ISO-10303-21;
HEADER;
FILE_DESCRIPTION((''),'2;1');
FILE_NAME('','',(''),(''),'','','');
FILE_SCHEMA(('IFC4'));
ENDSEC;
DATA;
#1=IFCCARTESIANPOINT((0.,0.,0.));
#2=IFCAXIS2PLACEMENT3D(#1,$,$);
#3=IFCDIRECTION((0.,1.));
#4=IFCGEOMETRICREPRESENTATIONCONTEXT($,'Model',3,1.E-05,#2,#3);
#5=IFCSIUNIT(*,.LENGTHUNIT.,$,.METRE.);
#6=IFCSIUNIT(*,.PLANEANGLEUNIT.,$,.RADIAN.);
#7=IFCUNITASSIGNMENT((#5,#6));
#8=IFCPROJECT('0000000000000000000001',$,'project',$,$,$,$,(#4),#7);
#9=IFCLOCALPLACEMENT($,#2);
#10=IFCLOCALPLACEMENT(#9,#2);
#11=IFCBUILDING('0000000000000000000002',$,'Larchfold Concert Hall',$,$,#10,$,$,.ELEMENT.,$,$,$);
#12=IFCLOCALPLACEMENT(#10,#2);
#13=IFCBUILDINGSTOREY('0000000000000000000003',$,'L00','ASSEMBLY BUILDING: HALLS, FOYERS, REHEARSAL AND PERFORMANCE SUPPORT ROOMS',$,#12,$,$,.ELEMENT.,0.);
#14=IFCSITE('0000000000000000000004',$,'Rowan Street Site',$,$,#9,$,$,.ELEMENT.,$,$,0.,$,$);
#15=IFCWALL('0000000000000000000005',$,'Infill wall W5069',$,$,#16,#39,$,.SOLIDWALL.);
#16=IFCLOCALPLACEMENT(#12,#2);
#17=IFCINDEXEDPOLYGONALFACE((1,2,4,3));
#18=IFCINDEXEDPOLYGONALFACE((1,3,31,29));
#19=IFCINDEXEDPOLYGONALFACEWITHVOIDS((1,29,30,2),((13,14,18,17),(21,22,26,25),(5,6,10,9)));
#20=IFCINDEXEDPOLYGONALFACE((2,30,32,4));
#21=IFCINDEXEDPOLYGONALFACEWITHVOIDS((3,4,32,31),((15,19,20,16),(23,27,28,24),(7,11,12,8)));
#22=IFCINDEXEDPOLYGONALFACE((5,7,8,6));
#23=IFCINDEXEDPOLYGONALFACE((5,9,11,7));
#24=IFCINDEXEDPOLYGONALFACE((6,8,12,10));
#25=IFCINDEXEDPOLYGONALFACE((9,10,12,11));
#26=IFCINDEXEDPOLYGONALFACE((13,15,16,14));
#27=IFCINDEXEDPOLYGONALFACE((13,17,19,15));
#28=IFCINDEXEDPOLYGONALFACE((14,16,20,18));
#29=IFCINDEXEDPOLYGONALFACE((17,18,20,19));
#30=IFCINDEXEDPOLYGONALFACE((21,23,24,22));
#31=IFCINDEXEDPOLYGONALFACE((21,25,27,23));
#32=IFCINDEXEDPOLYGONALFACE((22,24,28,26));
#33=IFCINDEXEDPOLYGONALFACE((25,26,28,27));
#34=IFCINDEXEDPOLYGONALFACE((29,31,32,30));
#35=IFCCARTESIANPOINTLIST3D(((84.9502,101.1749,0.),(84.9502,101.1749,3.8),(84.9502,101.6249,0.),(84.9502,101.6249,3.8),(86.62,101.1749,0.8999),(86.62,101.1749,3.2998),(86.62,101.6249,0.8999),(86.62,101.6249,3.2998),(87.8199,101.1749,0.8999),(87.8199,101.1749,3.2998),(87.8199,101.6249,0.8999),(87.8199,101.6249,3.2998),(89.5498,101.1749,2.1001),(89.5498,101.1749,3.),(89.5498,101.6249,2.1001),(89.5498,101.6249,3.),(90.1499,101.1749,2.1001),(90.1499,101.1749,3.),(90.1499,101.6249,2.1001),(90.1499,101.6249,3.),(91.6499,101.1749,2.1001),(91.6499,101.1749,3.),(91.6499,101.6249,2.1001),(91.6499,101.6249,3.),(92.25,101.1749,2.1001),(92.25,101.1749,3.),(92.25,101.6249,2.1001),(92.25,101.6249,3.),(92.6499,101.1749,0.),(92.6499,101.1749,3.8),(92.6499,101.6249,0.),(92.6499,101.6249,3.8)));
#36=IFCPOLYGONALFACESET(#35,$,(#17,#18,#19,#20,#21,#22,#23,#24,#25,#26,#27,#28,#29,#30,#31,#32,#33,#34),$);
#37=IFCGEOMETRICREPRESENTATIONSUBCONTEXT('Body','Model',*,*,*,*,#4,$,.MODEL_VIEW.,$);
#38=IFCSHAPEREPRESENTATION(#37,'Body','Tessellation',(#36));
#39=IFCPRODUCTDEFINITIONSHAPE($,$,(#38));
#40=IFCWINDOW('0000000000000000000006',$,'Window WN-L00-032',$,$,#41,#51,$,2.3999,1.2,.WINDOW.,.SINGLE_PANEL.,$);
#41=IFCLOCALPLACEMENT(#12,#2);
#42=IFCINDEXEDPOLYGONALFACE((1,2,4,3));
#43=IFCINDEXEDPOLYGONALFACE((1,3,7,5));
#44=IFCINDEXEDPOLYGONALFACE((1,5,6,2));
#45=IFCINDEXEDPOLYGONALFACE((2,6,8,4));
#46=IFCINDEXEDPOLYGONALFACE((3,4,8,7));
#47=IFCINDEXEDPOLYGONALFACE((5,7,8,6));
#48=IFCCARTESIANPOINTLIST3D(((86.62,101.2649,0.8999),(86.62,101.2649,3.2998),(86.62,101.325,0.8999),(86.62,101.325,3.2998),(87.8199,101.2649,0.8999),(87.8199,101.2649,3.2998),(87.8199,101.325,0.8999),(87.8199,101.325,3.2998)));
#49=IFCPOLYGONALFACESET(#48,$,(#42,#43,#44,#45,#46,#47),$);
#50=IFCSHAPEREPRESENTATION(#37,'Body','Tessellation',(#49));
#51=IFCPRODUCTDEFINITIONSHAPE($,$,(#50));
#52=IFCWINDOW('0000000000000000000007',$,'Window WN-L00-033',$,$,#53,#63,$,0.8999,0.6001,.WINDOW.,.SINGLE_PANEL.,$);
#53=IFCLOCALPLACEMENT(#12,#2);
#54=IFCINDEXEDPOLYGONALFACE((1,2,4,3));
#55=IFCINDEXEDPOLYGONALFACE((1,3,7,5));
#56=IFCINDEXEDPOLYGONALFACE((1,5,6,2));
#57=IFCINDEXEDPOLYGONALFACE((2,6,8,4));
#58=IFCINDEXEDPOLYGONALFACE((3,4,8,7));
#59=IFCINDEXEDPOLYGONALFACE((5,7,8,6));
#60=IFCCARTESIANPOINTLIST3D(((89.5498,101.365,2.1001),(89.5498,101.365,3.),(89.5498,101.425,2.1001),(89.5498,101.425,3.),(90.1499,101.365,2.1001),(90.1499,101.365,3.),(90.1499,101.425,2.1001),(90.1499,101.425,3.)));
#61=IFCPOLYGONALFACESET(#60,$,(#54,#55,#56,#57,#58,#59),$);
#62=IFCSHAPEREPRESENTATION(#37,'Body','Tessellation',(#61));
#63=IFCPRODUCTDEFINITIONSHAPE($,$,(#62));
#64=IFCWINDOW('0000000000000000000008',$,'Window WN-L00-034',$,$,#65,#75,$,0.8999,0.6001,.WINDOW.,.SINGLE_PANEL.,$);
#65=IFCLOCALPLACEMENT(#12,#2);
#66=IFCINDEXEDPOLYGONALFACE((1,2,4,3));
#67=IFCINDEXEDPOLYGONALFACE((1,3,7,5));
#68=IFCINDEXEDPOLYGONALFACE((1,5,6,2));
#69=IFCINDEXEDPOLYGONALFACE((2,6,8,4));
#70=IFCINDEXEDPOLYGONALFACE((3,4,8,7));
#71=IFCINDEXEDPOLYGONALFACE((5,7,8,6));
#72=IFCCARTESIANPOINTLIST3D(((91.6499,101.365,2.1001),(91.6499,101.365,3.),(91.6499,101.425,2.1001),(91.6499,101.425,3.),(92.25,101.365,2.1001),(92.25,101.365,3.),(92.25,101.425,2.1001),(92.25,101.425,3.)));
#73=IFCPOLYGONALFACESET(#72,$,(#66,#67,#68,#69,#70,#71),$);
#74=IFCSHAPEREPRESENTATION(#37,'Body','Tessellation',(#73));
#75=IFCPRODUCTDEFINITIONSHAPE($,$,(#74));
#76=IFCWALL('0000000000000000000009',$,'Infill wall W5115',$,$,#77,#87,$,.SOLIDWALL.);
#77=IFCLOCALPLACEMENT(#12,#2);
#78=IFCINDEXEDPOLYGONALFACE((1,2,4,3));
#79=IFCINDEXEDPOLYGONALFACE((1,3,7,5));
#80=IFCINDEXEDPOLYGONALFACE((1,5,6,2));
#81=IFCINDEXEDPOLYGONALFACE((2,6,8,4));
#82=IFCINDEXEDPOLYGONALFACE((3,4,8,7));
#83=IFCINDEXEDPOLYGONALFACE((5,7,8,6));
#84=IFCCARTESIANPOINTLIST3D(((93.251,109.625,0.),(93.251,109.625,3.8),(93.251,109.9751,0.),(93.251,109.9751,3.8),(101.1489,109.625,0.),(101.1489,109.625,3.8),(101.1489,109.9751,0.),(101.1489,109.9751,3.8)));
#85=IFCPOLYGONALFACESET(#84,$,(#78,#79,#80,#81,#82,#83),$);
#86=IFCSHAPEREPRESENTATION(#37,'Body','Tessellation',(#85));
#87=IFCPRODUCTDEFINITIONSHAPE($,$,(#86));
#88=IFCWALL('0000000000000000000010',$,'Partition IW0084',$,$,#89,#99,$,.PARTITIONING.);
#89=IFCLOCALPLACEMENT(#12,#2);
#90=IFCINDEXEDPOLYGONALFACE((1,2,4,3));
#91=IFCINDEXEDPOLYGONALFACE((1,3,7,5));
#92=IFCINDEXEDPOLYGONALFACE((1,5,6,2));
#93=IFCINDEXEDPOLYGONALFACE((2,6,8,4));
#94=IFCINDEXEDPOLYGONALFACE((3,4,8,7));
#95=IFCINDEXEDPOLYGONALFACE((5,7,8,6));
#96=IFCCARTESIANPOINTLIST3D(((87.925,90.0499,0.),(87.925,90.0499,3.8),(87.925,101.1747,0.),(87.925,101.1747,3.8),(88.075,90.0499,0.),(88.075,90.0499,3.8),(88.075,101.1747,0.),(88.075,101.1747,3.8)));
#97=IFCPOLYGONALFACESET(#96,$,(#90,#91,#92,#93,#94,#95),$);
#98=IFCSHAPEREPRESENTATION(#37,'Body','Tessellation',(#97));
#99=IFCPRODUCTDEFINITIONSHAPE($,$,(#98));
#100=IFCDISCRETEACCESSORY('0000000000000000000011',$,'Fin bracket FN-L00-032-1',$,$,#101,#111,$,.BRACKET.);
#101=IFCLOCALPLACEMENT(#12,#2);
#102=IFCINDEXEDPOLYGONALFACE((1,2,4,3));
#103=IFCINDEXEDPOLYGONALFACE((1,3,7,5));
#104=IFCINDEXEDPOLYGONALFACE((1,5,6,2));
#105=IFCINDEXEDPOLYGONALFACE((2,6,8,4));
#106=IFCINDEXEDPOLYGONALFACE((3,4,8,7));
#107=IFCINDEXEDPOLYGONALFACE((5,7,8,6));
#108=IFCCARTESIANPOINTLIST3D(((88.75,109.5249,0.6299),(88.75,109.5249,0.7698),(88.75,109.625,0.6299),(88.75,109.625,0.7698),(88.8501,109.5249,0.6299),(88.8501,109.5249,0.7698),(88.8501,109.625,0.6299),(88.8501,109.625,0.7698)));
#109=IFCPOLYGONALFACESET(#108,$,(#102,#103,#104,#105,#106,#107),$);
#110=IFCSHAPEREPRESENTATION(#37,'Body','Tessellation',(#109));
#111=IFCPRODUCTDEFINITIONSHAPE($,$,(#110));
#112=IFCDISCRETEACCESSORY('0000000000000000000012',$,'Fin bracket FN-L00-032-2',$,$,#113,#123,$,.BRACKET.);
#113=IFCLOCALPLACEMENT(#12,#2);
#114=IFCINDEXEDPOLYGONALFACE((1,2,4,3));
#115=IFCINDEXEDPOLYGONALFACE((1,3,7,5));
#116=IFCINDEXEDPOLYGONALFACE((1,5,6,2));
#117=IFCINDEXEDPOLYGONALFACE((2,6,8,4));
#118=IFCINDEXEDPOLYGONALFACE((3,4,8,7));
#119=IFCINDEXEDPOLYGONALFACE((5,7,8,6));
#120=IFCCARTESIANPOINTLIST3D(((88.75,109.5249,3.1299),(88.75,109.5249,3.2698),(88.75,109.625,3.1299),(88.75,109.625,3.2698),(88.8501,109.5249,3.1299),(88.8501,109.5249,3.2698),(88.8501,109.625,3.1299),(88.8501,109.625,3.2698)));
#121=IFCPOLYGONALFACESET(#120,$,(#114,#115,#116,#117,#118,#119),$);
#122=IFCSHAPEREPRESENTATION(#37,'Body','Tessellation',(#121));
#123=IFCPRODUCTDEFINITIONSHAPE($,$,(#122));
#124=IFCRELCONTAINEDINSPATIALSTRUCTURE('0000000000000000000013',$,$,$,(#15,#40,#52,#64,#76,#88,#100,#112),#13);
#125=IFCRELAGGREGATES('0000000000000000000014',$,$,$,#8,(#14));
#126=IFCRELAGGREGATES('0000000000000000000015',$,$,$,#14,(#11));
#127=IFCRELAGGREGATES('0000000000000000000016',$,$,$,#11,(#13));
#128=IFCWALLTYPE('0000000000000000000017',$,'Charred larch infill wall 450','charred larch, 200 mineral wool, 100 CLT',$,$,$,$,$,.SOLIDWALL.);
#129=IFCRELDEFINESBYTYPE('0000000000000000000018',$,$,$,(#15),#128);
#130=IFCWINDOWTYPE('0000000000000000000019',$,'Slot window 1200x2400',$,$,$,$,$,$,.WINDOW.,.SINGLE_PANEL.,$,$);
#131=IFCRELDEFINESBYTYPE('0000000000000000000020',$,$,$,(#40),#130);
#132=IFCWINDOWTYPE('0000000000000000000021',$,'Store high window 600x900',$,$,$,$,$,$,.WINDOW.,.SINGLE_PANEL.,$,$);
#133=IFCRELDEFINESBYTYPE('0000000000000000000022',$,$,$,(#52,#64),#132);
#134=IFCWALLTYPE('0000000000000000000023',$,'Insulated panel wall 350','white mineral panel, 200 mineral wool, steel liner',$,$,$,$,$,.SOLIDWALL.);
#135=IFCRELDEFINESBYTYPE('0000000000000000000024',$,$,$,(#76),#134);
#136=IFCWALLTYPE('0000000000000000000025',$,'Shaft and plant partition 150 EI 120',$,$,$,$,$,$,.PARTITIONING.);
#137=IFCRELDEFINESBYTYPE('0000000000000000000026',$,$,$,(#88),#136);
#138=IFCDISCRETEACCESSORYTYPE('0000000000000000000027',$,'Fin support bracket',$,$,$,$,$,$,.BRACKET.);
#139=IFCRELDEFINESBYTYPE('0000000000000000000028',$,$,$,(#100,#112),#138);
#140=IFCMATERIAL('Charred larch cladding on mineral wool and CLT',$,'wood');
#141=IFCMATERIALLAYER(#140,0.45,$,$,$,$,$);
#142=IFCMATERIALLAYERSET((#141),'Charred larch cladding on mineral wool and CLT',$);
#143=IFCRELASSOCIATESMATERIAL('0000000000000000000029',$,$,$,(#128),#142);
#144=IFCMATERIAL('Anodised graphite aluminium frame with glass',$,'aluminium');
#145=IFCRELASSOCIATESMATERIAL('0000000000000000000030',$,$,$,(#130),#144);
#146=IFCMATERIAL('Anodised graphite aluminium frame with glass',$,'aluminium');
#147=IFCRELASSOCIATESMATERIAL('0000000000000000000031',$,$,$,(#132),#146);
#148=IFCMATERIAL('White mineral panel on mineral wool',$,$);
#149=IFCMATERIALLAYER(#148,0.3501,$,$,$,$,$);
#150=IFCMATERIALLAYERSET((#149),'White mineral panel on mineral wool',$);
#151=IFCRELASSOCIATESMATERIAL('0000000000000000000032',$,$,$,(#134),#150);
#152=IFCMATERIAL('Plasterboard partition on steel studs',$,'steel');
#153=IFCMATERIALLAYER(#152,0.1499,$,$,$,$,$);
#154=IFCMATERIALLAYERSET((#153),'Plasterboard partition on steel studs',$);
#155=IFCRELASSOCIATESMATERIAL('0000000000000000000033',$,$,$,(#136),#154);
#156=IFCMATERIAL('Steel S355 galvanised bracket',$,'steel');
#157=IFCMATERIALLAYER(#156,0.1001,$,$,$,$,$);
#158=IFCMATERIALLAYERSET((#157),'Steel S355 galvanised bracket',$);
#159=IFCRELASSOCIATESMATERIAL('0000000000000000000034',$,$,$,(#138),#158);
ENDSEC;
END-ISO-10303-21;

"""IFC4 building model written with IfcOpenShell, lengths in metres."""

from ifc_helpers import new_model, si_unit, direction, frame, frame_2d, origin, origin_2d, place, context, subcontext, project, spatial, rectangle, extrude, material, layer, layer_set, type_object, element, fill, save


model = new_model("IFC4")

# Units and contexts
model_context = context("Model", 3, precision=1e-05, world=origin(), true_north=direction((0.0, 1.0)))
body_context = subcontext(model_context, "Body", "Model", "MODEL_VIEW")
ifc_project = project(units=[si_unit("LENGTHUNIT", "METRE"), si_unit("PLANEANGLEUNIT", "RADIAN")], contexts=[model_context])

# Site, building, storey
site_placement = place(None, origin())
site = spatial("IfcSite", under=ifc_project, at=site_placement, Name="Rowan Street Site", CompositionType="ELEMENT", RefElevation=0.0)
building_placement = place(site_placement, origin())
building = spatial("IfcBuilding", under=site, at=building_placement, Name="Larchfold Concert Hall", CompositionType="ELEMENT")
storey_placement = place(building_placement, origin())
storey = spatial("IfcBuildingStorey", under=building, at=storey_placement, Name="L00", Description="ASSEMBLY BUILDING: HALLS, FOYERS, REHEARSAL AND PERFORMANCE SUPPORT ROOMS", CompositionType="ELEMENT", Elevation=0.0)

# Wall, openings, windows
ifc_material_1 = material(Name="Charred larch cladding on mineral wool and CLT", Category="wood")
ifc_layer_1 = layer(ifc_material_1, 0.45)
ifc_layer_set_1 = layer_set([ifc_layer_1], Name="Charred larch cladding on mineral wool and CLT")
wall_type_1 = type_object("IfcWallType", Name="Charred larch infill wall 450", Description="charred larch, 200 mineral wool, 100 CLT", PredefinedType="SOLIDWALL", material=ifc_layer_set_1)
wall_1_placement = place(storey_placement, frame((92.6499, 101.3999, 0.0), z_axis=(0.0, 0.0, 1.0), x_axis=(-1.0, 0.0, 0.0)))
wall_1 = element("IfcWall", 1, at=wall_1_placement, inside=storey, type_object=wall_type_1, Name="Infill wall W5069", PredefinedType="SOLIDWALL", context=body_context, shape_type="SweptSolid", body=[
    extrude(rectangle(XDim=7.6997, YDim=0.45, at=frame_2d((3.8499, 0.0))), origin(), (0.0, 0.0, 1.0), 3.8),
])
opening_1_placement = place(wall_1_placement, frame((4.8298, 0.0, 0.8999)))
opening_1 = element("IfcOpeningElement", 2, at=opening_1_placement, cuts=wall_1, PredefinedType="OPENING", context=body_context, shape_type="SweptSolid", body=[
    extrude(rectangle(XDim=1.2, YDim=2.3999, at=frame_2d((0.6001, 1.2))), frame((0.0, 0.2349, 0.0), z_axis=(0.0, -1.0, 0.0), x_axis=(1.0, 0.0, 0.0)), (0.0, 0.0, 1.0), 0.47),
])
opening_2_placement = place(wall_1_placement, frame((2.5, 0.0, 2.1001)))
opening_2 = element("IfcOpeningElement", 3, at=opening_2_placement, cuts=wall_1, PredefinedType="OPENING", context=body_context, shape_type="SweptSolid", body=[
    extrude(rectangle(XDim=0.6001, YDim=0.8999, at=frame_2d((0.3, 0.45))), frame((0.0, 0.2349, 0.0), z_axis=(0.0, -1.0, 0.0), x_axis=(1.0, 0.0, 0.0)), (0.0, 0.0, 1.0), 0.47),
])
opening_3_placement = place(wall_1_placement, frame((0.3999, 0.0, 2.1001)))
opening_3 = element("IfcOpeningElement", 4, at=opening_3_placement, cuts=wall_1, PredefinedType="OPENING", context=body_context, shape_type="SweptSolid", body=[
    extrude(rectangle(XDim=0.6001, YDim=0.8999, at=frame_2d((0.3, 0.45))), frame((0.0, 0.2349, 0.0), z_axis=(0.0, -1.0, 0.0), x_axis=(1.0, 0.0, 0.0)), (0.0, 0.0, 1.0), 0.47),
])
ifc_material_2 = material(Name="Anodised graphite aluminium frame with glass", Category="aluminium")
window_type_1 = type_object("IfcWindowType", Name="Slot window 1200x2400", PartitioningType="SINGLE_PANEL", PredefinedType="WINDOW", material=ifc_material_2)
window_1_placement = place(opening_1_placement, origin())
window_1 = element("IfcWindow", 5, at=window_1_placement, inside=storey, type_object=window_type_1, Name="Window WN-L00-032", OverallHeight=2.3999, OverallWidth=1.2, PartitioningType="SINGLE_PANEL", PredefinedType="WINDOW", context=body_context, shape_type="SweptSolid", body=[
    extrude(rectangle(XDim=1.2, YDim=2.3999, at=frame_2d((0.6001, 1.2))), frame((0.0, 0.135, 0.0), z_axis=(0.0, -1.0, 0.0), x_axis=(1.0, 0.0, 0.0)), (0.0, 0.0, 1.0), 0.0601),
])
fill(opening_1, window_1)
ifc_material_3 = material(Name="Anodised graphite aluminium frame with glass", Category="aluminium")
window_type_2 = type_object("IfcWindowType", Name="Store high window 600x900", PartitioningType="SINGLE_PANEL", PredefinedType="WINDOW", material=ifc_material_3)
window_2_placement = place(opening_2_placement, origin())
window_2 = element("IfcWindow", 6, at=window_2_placement, inside=storey, type_object=window_type_2, Name="Window WN-L00-033", OverallHeight=0.8999, OverallWidth=0.6001, PartitioningType="SINGLE_PANEL", PredefinedType="WINDOW", context=body_context, shape_type="SweptSolid", body=[
    extrude(rectangle(XDim=0.6001, YDim=0.8999, at=frame_2d((0.3, 0.45))), frame((0.0, 0.0349, 0.0), z_axis=(0.0, -1.0, 0.0), x_axis=(1.0, 0.0, 0.0)), (0.0, 0.0, 1.0), 0.0601),
])
fill(opening_2, window_2)
window_3_placement = place(opening_3_placement, origin())
window_3 = element("IfcWindow", 7, at=window_3_placement, inside=storey, type_object=window_type_2, Name="Window WN-L00-034", OverallHeight=0.8999, OverallWidth=0.6001, PartitioningType="SINGLE_PANEL", PredefinedType="WINDOW", context=body_context, shape_type="SweptSolid", body=[
    extrude(rectangle(XDim=0.6001, YDim=0.8999, at=frame_2d((0.3, 0.45))), frame((0.0, 0.0349, 0.0), z_axis=(0.0, -1.0, 0.0), x_axis=(1.0, 0.0, 0.0)), (0.0, 0.0, 1.0), 0.0601),
])
fill(opening_3, window_3)

# Shared definitions
ifc_material_4 = material(Name="White mineral panel on mineral wool")
ifc_layer_2 = layer(ifc_material_4, 0.3501)
ifc_layer_set_2 = layer_set([ifc_layer_2], Name="White mineral panel on mineral wool")
wall_type_2 = type_object("IfcWallType", Name="Insulated panel wall 350", Description="white mineral panel, 200 mineral wool, steel liner", PredefinedType="SOLIDWALL", material=ifc_layer_set_2)

# Walls
wall_2_placement = place(storey_placement, frame((93.251, 109.8, 0.0), z_axis=(0.0, 0.0, 1.0), x_axis=(1.0, 0.0, 0.0)))
element("IfcWall", 8, at=wall_2_placement, inside=storey, type_object=wall_type_2, Name="Infill wall W5115", PredefinedType="SOLIDWALL", context=body_context, shape_type="SweptSolid", body=[
    extrude(rectangle(XDim=7.8979, YDim=0.3501, at=frame_2d((3.949, 0.0))), origin(), (0.0, 0.0, 1.0), 3.8),
])
ifc_material_5 = material(Name="Plasterboard partition on steel studs", Category="steel")
ifc_layer_3 = layer(ifc_material_5, 0.1499)
ifc_layer_set_3 = layer_set([ifc_layer_3], Name="Plasterboard partition on steel studs")
wall_type_3 = type_object("IfcWallType", Name="Shaft and plant partition 150 EI 120", PredefinedType="PARTITIONING", material=ifc_layer_set_3)
wall_3_placement = place(storey_placement, frame((88.0, 101.1748, 0.0), z_axis=(0.0, 0.0, 1.0), x_axis=(0.0, -1.0, 0.0)))
element("IfcWall", 9, at=wall_3_placement, inside=storey, type_object=wall_type_3, Name="Partition IW0084", PredefinedType="PARTITIONING", context=body_context, shape_type="SweptSolid", body=[
    extrude(rectangle(XDim=11.1248, YDim=0.1499, at=frame_2d((5.5625, 0.0))), origin(), (0.0, 0.0, 1.0), 3.8),
])

# Discrete accessories
ifc_material_6 = material(Name="Steel S355 galvanised bracket", Category="steel")
ifc_layer_4 = layer(ifc_material_6, 0.1001)
ifc_layer_set_4 = layer_set([ifc_layer_4], Name="Steel S355 galvanised bracket")
discrete_accessory_type = type_object("IfcDiscreteAccessoryType", Name="Fin support bracket", PredefinedType="BRACKET", material=ifc_layer_set_4)
for number, where, z_axis, x_axis, name in (
    (10, (88.8, 109.575, 0.6299), (0.0, 0.0, 1.0), (0.0, -1.0, 0.0), "Fin bracket FN-L00-032-1"),
    (11, (88.8, 109.575, 3.1299), (0.0, 0.0, 1.0), (0.0, -1.0, 0.0), "Fin bracket FN-L00-032-2"),
):
    element("IfcDiscreteAccessory", number, at=place(storey_placement, frame(where, z_axis=z_axis, x_axis=x_axis)), inside=storey, type_object=discrete_accessory_type, Name=name, PredefinedType="BRACKET", context=body_context, shape_type="SweptSolid", body=[
        extrude(rectangle(XDim=0.1001, YDim=0.1001, at=origin_2d()), origin(), (0.0, 0.0, 1.0), 0.1399),
    ])

save(model, "model.ifc")
